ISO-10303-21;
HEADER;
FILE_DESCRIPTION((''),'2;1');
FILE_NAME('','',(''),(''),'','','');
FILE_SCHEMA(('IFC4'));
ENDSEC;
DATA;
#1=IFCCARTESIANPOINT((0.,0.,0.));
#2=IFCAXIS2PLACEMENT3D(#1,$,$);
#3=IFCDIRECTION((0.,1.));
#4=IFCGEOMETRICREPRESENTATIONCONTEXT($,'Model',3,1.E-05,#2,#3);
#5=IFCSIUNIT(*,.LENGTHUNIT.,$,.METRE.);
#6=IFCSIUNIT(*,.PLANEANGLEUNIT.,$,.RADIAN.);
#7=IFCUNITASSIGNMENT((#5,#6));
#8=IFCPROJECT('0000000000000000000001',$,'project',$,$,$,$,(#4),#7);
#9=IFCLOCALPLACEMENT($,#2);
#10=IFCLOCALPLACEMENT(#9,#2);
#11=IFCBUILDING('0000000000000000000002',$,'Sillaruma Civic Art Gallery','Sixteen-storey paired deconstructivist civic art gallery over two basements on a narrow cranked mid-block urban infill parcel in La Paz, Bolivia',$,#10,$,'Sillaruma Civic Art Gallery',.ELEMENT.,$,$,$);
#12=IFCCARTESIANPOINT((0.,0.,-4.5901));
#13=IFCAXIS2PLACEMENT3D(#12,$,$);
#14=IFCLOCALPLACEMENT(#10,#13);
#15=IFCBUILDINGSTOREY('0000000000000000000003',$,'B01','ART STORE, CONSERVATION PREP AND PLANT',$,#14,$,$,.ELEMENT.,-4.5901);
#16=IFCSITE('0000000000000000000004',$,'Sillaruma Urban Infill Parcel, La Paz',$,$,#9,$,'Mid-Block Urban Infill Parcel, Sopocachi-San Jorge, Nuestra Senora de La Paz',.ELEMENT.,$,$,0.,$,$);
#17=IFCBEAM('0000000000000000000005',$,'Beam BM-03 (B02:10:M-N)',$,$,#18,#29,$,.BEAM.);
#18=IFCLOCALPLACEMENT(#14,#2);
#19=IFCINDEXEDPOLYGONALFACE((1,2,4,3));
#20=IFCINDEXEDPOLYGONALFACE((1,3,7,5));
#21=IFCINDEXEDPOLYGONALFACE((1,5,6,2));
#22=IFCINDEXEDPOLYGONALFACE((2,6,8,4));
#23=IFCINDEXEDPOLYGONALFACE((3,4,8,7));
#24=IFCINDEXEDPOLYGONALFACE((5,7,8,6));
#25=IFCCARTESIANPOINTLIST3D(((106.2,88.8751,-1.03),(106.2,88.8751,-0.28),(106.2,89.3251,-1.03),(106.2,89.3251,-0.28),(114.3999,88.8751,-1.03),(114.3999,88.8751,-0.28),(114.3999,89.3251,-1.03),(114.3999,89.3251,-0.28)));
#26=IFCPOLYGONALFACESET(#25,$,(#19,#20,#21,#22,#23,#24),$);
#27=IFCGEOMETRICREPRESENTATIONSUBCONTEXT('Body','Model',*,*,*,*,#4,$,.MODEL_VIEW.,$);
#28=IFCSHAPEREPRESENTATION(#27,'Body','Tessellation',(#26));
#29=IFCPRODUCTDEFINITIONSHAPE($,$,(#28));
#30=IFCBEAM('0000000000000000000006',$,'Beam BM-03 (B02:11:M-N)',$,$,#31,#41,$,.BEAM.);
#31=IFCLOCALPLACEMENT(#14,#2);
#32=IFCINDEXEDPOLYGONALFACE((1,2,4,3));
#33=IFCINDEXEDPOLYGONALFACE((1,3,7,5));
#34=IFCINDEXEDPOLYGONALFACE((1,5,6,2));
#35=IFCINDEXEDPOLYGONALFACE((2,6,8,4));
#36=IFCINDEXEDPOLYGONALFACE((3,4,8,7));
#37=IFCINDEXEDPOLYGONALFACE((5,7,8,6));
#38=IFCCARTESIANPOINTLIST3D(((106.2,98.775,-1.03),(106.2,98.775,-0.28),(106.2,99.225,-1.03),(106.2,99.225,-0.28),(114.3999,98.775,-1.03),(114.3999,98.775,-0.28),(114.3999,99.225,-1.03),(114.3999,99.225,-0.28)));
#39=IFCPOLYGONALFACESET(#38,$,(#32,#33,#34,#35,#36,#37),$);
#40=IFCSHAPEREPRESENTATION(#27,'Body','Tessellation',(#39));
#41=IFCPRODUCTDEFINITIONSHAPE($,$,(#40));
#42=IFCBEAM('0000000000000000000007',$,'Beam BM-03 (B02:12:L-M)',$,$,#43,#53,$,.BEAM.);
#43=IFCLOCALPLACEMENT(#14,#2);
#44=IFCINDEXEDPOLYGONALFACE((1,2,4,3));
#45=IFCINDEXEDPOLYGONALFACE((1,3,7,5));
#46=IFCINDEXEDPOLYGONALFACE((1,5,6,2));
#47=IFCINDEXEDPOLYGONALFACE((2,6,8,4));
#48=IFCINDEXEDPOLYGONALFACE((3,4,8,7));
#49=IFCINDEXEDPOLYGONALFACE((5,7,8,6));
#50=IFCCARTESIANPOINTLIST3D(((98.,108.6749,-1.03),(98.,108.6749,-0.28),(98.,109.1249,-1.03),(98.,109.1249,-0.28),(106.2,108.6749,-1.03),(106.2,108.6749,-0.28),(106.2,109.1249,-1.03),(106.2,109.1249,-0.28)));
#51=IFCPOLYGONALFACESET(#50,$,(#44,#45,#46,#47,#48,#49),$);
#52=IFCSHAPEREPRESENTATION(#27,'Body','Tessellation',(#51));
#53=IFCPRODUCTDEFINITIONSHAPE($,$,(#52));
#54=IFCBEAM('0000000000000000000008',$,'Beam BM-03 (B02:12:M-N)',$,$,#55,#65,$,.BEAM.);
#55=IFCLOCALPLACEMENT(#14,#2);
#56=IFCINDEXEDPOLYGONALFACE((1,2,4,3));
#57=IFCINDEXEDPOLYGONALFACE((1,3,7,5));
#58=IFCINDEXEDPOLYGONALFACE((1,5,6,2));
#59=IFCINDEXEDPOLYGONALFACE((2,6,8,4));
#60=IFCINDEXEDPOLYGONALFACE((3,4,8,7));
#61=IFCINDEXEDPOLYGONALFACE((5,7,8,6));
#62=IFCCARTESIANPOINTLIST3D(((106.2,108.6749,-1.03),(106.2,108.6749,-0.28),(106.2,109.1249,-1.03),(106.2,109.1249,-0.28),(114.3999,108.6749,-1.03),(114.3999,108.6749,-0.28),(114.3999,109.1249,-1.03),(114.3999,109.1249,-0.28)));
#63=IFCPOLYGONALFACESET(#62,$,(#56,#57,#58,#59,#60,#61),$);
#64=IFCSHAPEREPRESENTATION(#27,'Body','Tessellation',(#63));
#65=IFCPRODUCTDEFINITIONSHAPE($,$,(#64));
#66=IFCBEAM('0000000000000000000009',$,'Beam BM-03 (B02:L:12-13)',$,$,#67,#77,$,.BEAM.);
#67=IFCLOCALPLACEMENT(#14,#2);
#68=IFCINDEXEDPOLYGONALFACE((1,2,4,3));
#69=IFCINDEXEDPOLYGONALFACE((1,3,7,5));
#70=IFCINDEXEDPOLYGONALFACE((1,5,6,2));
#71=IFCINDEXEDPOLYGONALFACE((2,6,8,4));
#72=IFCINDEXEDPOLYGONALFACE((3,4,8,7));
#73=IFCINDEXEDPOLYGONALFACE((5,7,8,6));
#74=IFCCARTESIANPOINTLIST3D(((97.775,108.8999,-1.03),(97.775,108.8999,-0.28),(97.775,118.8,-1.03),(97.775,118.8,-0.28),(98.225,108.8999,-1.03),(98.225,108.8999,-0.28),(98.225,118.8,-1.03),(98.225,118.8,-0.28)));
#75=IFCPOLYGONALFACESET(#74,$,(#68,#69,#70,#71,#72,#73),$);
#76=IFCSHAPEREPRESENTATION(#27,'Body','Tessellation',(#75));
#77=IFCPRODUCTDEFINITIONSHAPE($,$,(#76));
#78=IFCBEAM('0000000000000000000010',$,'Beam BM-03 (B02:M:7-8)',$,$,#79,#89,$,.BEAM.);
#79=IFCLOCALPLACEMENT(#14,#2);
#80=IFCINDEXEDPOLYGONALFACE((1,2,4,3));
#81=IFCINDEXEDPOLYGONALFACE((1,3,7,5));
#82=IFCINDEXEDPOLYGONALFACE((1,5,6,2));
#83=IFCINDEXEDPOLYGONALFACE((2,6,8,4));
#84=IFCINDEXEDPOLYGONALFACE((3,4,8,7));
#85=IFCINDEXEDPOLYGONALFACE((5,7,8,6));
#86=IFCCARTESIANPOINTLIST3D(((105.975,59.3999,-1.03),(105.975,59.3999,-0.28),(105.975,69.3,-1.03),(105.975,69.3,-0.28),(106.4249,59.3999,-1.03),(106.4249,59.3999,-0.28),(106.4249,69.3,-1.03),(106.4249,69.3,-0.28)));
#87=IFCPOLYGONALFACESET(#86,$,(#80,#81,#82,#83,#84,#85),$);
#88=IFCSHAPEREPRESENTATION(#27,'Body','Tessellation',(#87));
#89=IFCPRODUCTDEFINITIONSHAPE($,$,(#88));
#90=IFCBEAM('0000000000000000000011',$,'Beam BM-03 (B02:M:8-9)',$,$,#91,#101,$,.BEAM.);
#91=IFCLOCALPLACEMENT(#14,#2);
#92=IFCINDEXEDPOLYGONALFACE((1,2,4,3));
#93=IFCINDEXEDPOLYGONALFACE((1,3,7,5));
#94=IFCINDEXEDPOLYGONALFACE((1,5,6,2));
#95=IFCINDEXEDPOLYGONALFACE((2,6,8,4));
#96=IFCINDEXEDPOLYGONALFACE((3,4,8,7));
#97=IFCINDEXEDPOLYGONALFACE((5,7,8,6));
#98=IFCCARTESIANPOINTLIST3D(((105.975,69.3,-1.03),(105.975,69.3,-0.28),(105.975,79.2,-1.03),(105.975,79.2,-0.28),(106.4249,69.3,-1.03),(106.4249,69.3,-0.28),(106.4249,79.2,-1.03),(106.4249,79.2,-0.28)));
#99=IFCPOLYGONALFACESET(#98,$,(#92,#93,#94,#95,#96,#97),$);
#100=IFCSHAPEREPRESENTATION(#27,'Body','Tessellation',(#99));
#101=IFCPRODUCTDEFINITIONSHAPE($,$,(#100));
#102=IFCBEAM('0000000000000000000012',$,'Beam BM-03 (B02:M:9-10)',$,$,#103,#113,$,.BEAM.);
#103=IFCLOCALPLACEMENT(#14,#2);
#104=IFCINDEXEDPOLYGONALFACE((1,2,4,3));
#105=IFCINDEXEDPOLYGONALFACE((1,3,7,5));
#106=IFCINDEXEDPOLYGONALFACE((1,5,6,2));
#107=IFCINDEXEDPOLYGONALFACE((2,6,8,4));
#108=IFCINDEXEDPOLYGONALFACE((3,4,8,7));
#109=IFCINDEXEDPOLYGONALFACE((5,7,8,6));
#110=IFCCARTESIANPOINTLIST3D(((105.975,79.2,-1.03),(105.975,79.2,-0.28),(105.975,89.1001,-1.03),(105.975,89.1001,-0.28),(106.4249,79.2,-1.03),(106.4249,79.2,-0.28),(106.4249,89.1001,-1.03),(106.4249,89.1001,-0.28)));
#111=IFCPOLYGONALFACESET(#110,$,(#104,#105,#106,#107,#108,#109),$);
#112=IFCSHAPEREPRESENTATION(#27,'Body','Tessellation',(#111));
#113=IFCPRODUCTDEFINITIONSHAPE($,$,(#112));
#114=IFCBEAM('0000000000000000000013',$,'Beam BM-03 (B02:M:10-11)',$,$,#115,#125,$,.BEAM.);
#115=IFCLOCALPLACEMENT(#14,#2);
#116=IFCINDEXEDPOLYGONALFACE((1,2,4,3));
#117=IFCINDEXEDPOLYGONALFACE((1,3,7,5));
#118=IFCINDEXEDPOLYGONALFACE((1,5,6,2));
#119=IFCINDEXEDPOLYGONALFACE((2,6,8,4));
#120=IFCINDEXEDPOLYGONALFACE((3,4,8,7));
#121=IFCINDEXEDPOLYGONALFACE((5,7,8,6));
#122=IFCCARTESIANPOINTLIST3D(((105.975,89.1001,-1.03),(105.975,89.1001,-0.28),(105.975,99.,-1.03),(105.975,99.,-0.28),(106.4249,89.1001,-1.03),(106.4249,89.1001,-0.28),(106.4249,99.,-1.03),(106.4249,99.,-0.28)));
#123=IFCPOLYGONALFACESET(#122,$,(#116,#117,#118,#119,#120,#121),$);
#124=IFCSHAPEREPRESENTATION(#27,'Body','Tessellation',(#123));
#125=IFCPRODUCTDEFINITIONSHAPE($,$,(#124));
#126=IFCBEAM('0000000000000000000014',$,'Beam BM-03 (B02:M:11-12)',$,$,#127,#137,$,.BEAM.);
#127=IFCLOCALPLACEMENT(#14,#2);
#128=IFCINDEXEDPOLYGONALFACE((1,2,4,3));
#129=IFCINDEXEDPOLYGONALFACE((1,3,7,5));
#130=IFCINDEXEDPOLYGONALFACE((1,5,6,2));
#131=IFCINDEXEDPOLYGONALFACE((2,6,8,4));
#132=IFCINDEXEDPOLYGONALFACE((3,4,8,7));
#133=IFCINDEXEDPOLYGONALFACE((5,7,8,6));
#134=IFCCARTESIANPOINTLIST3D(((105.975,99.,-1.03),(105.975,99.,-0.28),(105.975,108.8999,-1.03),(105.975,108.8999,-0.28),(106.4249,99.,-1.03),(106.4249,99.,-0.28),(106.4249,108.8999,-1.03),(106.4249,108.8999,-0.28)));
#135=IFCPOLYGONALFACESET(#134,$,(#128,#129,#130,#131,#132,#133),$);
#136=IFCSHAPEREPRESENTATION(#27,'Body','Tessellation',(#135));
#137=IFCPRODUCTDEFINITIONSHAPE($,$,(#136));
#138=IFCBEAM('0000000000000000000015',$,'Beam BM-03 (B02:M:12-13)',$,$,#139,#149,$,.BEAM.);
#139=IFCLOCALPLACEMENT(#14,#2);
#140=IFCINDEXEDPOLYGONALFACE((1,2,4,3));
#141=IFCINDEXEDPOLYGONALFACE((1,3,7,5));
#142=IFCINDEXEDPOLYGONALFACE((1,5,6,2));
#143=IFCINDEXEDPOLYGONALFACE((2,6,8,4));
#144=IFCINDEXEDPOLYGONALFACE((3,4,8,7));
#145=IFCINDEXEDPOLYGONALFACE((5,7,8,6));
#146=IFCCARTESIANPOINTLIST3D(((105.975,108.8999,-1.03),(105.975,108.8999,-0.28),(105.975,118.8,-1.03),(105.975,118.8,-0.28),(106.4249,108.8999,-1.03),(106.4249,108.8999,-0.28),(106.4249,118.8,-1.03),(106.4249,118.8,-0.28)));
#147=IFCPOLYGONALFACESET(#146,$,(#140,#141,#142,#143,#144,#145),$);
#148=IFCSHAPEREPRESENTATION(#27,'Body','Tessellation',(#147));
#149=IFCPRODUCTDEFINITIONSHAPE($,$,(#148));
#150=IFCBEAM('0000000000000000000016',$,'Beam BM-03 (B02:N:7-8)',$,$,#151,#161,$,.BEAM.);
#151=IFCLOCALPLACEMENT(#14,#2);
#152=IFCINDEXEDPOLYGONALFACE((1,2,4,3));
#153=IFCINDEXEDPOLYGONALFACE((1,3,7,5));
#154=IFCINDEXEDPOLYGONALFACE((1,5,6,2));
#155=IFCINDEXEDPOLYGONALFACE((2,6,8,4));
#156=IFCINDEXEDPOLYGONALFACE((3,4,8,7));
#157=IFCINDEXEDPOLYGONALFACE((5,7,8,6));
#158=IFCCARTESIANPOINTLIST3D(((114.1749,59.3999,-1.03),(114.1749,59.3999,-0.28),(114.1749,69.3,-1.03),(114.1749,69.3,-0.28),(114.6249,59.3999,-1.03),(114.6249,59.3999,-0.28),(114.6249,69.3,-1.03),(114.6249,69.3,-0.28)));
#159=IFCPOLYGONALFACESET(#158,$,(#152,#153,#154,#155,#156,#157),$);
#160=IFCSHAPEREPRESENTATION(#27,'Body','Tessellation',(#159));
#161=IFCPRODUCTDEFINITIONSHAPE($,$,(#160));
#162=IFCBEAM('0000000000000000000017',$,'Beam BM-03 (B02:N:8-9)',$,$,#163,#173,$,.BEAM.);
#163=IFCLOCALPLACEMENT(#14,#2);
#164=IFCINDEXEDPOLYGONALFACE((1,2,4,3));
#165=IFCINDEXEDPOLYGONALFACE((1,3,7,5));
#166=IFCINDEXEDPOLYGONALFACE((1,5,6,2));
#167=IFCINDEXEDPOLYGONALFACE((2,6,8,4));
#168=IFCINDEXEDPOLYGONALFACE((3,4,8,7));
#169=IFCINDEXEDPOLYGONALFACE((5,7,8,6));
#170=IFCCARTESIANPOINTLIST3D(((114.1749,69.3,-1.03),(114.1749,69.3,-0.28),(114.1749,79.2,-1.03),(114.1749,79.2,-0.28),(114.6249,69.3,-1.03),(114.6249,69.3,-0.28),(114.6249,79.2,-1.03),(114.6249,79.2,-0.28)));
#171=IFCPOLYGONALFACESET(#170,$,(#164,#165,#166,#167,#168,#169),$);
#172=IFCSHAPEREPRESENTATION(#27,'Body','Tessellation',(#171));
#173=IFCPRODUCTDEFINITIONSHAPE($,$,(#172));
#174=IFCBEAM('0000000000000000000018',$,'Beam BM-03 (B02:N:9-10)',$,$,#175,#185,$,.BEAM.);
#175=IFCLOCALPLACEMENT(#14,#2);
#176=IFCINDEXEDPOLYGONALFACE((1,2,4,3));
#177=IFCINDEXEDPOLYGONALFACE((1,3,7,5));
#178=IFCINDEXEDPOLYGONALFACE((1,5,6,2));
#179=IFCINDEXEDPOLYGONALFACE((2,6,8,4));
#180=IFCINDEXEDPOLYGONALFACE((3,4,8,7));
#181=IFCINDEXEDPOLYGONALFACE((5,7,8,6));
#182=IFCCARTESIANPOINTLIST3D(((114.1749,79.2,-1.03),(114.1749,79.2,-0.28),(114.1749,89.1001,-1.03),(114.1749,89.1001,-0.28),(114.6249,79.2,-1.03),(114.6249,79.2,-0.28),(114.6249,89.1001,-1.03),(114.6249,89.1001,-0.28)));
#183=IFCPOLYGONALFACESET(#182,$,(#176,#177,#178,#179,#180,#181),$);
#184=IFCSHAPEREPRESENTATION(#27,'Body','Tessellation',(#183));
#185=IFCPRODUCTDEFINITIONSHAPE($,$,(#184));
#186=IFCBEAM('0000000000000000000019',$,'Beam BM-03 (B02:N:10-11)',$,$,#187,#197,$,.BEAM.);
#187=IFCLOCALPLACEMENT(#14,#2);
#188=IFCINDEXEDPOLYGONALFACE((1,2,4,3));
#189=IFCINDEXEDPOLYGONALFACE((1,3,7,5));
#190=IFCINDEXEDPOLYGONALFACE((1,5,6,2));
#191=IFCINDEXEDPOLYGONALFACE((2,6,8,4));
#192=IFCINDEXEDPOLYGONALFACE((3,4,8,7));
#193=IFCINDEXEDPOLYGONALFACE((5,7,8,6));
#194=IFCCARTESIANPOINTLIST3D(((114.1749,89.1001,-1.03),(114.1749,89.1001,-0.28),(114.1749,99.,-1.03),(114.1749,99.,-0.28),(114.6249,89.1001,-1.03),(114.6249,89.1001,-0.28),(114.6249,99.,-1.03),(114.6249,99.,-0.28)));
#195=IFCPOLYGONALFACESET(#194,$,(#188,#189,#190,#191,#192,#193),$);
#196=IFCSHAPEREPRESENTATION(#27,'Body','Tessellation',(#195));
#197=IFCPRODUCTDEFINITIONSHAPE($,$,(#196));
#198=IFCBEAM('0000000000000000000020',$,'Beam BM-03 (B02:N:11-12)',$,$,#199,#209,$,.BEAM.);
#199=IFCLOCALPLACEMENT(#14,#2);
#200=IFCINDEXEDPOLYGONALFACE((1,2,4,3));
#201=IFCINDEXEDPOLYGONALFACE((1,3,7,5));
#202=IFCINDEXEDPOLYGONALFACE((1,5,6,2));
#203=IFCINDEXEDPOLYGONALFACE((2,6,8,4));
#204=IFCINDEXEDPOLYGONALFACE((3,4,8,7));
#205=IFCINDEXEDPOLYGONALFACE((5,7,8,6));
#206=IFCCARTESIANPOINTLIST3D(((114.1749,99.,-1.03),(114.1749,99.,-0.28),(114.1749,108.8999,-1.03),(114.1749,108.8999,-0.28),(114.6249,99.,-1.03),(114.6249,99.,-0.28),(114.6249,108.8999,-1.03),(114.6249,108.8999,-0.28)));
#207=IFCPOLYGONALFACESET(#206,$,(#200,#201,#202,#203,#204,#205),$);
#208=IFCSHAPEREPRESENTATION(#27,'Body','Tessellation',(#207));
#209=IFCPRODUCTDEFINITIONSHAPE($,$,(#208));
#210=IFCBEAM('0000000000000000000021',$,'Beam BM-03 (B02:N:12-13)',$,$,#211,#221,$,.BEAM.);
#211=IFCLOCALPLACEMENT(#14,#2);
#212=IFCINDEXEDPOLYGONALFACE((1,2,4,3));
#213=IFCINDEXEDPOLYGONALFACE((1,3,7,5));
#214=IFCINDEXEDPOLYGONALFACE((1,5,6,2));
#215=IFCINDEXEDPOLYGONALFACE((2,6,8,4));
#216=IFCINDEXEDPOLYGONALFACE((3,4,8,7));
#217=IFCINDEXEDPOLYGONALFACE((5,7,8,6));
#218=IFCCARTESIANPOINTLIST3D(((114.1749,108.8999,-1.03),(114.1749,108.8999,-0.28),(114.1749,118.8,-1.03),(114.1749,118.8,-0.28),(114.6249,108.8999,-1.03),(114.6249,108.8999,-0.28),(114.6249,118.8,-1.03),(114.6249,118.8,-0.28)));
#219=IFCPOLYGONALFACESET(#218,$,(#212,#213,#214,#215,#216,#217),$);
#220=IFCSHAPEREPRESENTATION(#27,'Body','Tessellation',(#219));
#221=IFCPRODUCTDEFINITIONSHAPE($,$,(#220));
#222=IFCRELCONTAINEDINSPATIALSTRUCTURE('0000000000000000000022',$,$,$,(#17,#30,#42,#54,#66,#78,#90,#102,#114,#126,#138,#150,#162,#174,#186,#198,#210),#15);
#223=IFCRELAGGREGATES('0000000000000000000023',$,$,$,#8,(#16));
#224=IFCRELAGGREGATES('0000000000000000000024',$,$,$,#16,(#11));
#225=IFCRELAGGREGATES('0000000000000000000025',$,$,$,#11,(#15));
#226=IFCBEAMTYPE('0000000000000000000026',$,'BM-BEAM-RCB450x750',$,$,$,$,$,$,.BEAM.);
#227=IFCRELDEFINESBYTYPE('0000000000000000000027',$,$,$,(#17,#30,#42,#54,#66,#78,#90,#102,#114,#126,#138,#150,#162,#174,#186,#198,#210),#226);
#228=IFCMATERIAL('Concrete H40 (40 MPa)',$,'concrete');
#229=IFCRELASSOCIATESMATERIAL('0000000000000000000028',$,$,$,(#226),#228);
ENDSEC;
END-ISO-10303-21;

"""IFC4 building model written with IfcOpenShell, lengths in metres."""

from ifc_helpers import new_model, si_unit, direction, frame, origin, origin_2d, place, context, subcontext, project, spatial, rectangle, extrude, material, material_profile, profile_set, type_object, element, save


model = new_model("IFC4")

# Units and contexts
model_context = context("Model", 3, precision=1e-05, world=origin(), true_north=direction((0.0, 1.0)))
body_context = subcontext(model_context, "Body", "Model", "MODEL_VIEW")
ifc_project = project(units=[si_unit("LENGTHUNIT", "METRE"), si_unit("PLANEANGLEUNIT", "RADIAN")], contexts=[model_context])

# Site, building, storey
site_placement = place(None, origin())
site = spatial("IfcSite", under=ifc_project, at=site_placement, Name="Sillaruma Urban Infill Parcel, La Paz", LongName="Mid-Block Urban Infill Parcel, Sopocachi-San Jorge, Nuestra Senora de La Paz", CompositionType="ELEMENT", RefElevation=0.0)
building_placement = place(site_placement, origin())
building = spatial("IfcBuilding", under=site, at=building_placement, Name="Sillaruma Civic Art Gallery", Description="Sixteen-storey paired deconstructivist civic art gallery over two basements on a narrow cranked mid-block urban infill parcel in La Paz, Bolivia", LongName="Sillaruma Civic Art Gallery", CompositionType="ELEMENT")
storey_placement = place(building_placement, frame((0.0, 0.0, -4.5901)))
storey = spatial("IfcBuildingStorey", under=building, at=storey_placement, Name="B01", Description="ART STORE, CONSERVATION PREP AND PLANT", CompositionType="ELEMENT", Elevation=-4.5901)

# Shared definitions
ifc_material_1 = material(Name="Concrete H40 (40 MPa)", Category="concrete")

# Beams
ifc_material_profile_1 = material_profile(ifc_material_1, rectangle(XDim=0.45, YDim=0.75, at=origin_2d()), Name="RCB450x750")
ifc_profile_set_1 = profile_set([ifc_material_profile_1], Name="Concrete H40 (40 MPa)")
beam_type_1 = type_object("IfcBeamType", Name="BM-BEAM-RCB450x750", PredefinedType="BEAM", material=ifc_profile_set_1)
for number, where, z_axis, x_axis, name in (
    (1, (106.2, 89.1001, -0.655), (1.0, 0.0, 0.0), (0.0, 1.0, 0.0), "Beam BM-03 (B02:10:M-N)"),
    (2, (106.2, 99.0, -0.655), (1.0, 0.0, 0.0), (0.0, 1.0, 0.0), "Beam BM-03 (B02:11:M-N)"),
    (3, (98.0, 108.8999, -0.655), (1.0, 0.0, 0.0), (0.0, 1.0, 0.0), "Beam BM-03 (B02:12:L-M)"),
    (4, (106.2, 108.8999, -0.655), (1.0, 0.0, 0.0), (0.0, 1.0, 0.0), "Beam BM-03 (B02:12:M-N)"),
):
    element("IfcBeam", number, at=place(storey_placement, frame(where, z_axis=z_axis, x_axis=x_axis)), inside=storey, type_object=beam_type_1, Name=name, PredefinedType="BEAM", context=body_context, shape_type="SweptSolid", body=[
        extrude(rectangle(XDim=0.45, YDim=0.75, at=origin_2d()), origin(), (0.0, 0.0, 1.0), 8.2),
    ])
for number, where, z_axis, x_axis, name in (
    (5, (98.0, 108.8999, -0.655), (0.0, 1.0, 0.0), (-1.0, 0.0, 0.0), "Beam BM-03 (B02:L:12-13)"),
    (6, (106.2, 59.3999, -0.655), (0.0, 1.0, 0.0), (-1.0, 0.0, 0.0), "Beam BM-03 (B02:M:7-8)"),
):
    element("IfcBeam", number, at=place(storey_placement, frame(where, z_axis=z_axis, x_axis=x_axis)), inside=storey, type_object=beam_type_1, Name=name, PredefinedType="BEAM", context=body_context, shape_type="SweptSolid", body=[
        extrude(rectangle(XDim=0.45, YDim=0.75, at=origin_2d()), origin(), (0.0, 0.0, 1.0), 9.9001),
    ])
beam_1_placement = place(storey_placement, frame((106.2, 69.3, -0.655), z_axis=(0.0, 1.0, 0.0), x_axis=(-1.0, 0.0, 0.0)))
element("IfcBeam", 7, at=beam_1_placement, inside=storey, type_object=beam_type_1, Name="Beam BM-03 (B02:M:8-9)", PredefinedType="BEAM", context=body_context, shape_type="SweptSolid", body=[
    extrude(rectangle(XDim=0.45, YDim=0.75, at=origin_2d()), origin(), (0.0, 0.0, 1.0), 9.8999),
])
beam_2_placement = place(storey_placement, frame((106.2, 79.2, -0.655), z_axis=(0.0, 1.0, 0.0), x_axis=(-1.0, 0.0, 0.0)))
element("IfcBeam", 8, at=beam_2_placement, inside=storey, type_object=beam_type_1, Name="Beam BM-03 (B02:M:9-10)", PredefinedType="BEAM", context=body_context, shape_type="SweptSolid", body=[
    extrude(rectangle(XDim=0.45, YDim=0.75, at=origin_2d()), origin(), (0.0, 0.0, 1.0), 9.9001),
])
for number, where, z_axis, x_axis, name in (
    (9, (106.2, 89.1001, -0.655), (0.0, 1.0, 0.0), (-1.0, 0.0, 0.0), "Beam BM-03 (B02:M:10-11)"),
    (10, (106.2, 99.0, -0.655), (0.0, 1.0, 0.0), (-1.0, 0.0, 0.0), "Beam BM-03 (B02:M:11-12)"),
):
    element("IfcBeam", number, at=place(storey_placement, frame(where, z_axis=z_axis, x_axis=x_axis)), inside=storey, type_object=beam_type_1, Name=name, PredefinedType="BEAM", context=body_context, shape_type="SweptSolid", body=[
        extrude(rectangle(XDim=0.45, YDim=0.75, at=origin_2d()), origin(), (0.0, 0.0, 1.0), 9.8999),
    ])
for number, where, z_axis, x_axis, name in (
    (11, (106.2, 108.8999, -0.655), (0.0, 1.0, 0.0), (-1.0, 0.0, 0.0), "Beam BM-03 (B02:M:12-13)"),
    (12, (114.3999, 59.3999, -0.655), (0.0, 1.0, 0.0), (-1.0, 0.0, 0.0), "Beam BM-03 (B02:N:7-8)"),
):
    element("IfcBeam", number, at=place(storey_placement, frame(where, z_axis=z_axis, x_axis=x_axis)), inside=storey, type_object=beam_type_1, Name=name, PredefinedType="BEAM", context=body_context, shape_type="SweptSolid", body=[
        extrude(rectangle(XDim=0.45, YDim=0.75, at=origin_2d()), origin(), (0.0, 0.0, 1.0), 9.9001),
    ])
beam_3_placement = place(storey_placement, frame((114.3999, 69.3, -0.655), z_axis=(0.0, 1.0, 0.0), x_axis=(-1.0, 0.0, 0.0)))
element("IfcBeam", 13, at=beam_3_placement, inside=storey, type_object=beam_type_1, Name="Beam BM-03 (B02:N:8-9)", PredefinedType="BEAM", context=body_context, shape_type="SweptSolid", body=[
    extrude(rectangle(XDim=0.45, YDim=0.75, at=origin_2d()), origin(), (0.0, 0.0, 1.0), 9.8999),
])
beam_4_placement = place(storey_placement, frame((114.3999, 79.2, -0.655), z_axis=(0.0, 1.0, 0.0), x_axis=(-1.0, 0.0, 0.0)))
element("IfcBeam", 14, at=beam_4_placement, inside=storey, type_object=beam_type_1, Name="Beam BM-03 (B02:N:9-10)", PredefinedType="BEAM", context=body_context, shape_type="SweptSolid", body=[
    extrude(rectangle(XDim=0.45, YDim=0.75, at=origin_2d()), origin(), (0.0, 0.0, 1.0), 9.9001),
])
for number, where, z_axis, x_axis, name in (
    (15, (114.3999, 89.1001, -0.655), (0.0, 1.0, 0.0), (-1.0, 0.0, 0.0), "Beam BM-03 (B02:N:10-11)"),
    (16, (114.3999, 99.0, -0.655), (0.0, 1.0, 0.0), (-1.0, 0.0, 0.0), "Beam BM-03 (B02:N:11-12)"),
):
    element("IfcBeam", number, at=place(storey_placement, frame(where, z_axis=z_axis, x_axis=x_axis)), inside=storey, type_object=beam_type_1, Name=name, PredefinedType="BEAM", context=body_context, shape_type="SweptSolid", body=[
        extrude(rectangle(XDim=0.45, YDim=0.75, at=origin_2d()), origin(), (0.0, 0.0, 1.0), 9.8999),
    ])
beam_5_placement = place(storey_placement, frame((114.3999, 108.8999, -0.655), z_axis=(0.0, 1.0, 0.0), x_axis=(-1.0, 0.0, 0.0)))
element("IfcBeam", 17, at=beam_5_placement, inside=storey, type_object=beam_type_1, Name="Beam BM-03 (B02:N:12-13)", PredefinedType="BEAM", context=body_context, shape_type="SweptSolid", body=[
    extrude(rectangle(XDim=0.45, YDim=0.75, at=origin_2d()), origin(), (0.0, 0.0, 1.0), 9.9001),
])

save(model, "model.ifc")
